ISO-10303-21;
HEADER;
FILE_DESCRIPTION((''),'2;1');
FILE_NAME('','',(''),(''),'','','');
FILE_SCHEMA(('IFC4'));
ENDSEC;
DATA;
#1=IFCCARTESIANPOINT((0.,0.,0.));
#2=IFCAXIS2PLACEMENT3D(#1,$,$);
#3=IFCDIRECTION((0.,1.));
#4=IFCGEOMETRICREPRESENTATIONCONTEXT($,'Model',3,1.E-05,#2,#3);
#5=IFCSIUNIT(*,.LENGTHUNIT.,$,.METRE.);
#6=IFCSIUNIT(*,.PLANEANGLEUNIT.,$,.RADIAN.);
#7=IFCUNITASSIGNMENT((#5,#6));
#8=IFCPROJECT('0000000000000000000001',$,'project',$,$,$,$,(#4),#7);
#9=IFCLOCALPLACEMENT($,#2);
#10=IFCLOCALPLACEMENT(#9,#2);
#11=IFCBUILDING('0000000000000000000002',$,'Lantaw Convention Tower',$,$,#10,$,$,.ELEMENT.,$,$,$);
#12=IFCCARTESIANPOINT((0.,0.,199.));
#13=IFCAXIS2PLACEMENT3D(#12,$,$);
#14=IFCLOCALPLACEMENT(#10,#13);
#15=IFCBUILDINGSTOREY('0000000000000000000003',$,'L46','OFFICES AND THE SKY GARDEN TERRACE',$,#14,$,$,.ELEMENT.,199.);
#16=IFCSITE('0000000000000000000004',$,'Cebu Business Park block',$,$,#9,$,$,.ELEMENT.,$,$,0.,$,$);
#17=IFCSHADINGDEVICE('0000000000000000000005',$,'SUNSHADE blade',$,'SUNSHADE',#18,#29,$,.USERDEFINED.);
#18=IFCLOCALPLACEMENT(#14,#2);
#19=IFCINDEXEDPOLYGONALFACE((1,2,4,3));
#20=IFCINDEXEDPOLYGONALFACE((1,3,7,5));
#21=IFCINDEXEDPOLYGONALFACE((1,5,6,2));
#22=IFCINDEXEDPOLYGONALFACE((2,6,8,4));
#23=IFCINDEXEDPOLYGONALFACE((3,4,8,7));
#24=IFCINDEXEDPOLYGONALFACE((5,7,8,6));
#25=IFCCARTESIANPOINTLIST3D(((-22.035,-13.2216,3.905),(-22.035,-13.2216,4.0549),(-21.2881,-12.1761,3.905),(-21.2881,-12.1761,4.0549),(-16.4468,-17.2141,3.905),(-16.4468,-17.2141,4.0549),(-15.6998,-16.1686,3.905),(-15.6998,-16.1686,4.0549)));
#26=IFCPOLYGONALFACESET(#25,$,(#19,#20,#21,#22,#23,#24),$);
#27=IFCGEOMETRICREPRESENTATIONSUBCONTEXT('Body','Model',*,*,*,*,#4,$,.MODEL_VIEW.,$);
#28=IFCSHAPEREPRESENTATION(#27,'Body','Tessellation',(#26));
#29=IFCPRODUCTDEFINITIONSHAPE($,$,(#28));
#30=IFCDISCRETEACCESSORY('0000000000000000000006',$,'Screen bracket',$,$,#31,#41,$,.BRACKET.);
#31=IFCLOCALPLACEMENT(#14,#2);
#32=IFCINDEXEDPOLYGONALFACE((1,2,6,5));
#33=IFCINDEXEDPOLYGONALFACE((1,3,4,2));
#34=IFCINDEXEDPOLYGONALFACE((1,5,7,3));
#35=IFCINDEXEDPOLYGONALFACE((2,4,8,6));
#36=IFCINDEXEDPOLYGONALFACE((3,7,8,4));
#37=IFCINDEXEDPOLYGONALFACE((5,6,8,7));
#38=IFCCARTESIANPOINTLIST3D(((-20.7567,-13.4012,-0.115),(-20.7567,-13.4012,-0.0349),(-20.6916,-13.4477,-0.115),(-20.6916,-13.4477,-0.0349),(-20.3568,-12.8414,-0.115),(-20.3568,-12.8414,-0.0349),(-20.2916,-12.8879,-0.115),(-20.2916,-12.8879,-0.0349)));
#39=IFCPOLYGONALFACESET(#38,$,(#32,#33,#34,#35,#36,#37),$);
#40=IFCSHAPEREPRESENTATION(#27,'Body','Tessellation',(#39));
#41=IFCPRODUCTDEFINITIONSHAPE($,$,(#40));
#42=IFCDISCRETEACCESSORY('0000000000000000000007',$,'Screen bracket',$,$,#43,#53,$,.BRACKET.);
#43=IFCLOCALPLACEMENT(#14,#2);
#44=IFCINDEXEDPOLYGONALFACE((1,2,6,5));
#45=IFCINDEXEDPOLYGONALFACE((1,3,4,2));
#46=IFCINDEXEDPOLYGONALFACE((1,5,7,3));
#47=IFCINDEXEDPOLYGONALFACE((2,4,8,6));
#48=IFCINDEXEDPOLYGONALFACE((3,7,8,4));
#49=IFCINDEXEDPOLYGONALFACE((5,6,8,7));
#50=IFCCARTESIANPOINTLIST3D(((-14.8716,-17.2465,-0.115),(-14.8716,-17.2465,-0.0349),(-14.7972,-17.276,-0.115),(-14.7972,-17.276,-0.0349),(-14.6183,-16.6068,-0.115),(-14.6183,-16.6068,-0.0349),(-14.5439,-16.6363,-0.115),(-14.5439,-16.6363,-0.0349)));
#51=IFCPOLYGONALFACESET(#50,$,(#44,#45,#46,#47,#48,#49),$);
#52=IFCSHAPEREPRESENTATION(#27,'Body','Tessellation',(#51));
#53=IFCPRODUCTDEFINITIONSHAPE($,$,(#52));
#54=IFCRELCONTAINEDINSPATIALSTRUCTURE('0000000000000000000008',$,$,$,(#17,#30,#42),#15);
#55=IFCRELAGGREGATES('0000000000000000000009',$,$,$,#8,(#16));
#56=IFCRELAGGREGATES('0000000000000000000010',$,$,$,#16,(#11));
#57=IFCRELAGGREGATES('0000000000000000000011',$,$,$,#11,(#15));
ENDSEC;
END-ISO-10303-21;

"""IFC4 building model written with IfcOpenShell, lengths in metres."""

from ifc_helpers import new_model, si_unit, direction, frame, origin, origin_2d, place, context, subcontext, project, spatial, rectangle, extrude, element, save


model = new_model("IFC4")

# Units and contexts
model_context = context("Model", 3, precision=1e-05, world=origin(), true_north=direction((0.0, 1.0)))
body_context = subcontext(model_context, "Body", "Model", "MODEL_VIEW")
ifc_project = project(units=[si_unit("LENGTHUNIT", "METRE"), si_unit("PLANEANGLEUNIT", "RADIAN")], contexts=[model_context])

# Site, building, storey
site_placement = place(None, origin())
site = spatial("IfcSite", under=ifc_project, at=site_placement, Name="Cebu Business Park block", CompositionType="ELEMENT", RefElevation=0.0)
building_placement = place(site_placement, origin())
building = spatial("IfcBuilding", under=site, at=building_placement, Name="Lantaw Convention Tower", CompositionType="ELEMENT")
storey_placement = place(building_placement, frame((0.0, 0.0, 199.0)))
storey = spatial("IfcBuildingStorey", under=building, at=storey_placement, Name="L46", Description="OFFICES AND THE SKY GARDEN TERRACE", CompositionType="ELEMENT", Elevation=199.0)

# Shading device
shading_device_1_placement = place(storey_placement, frame((-18.8674, -14.6951, 3.905), z_axis=(0.0, 0.0, 1.0), x_axis=(0.813673, -0.581323, 0.0)))
element("IfcShadingDevice", 1, at=shading_device_1_placement, inside=storey, Name="SUNSHADE blade", ObjectType="SUNSHADE", PredefinedType="USERDEFINED", context=body_context, shape_type="SweptSolid", body=[
    extrude(rectangle(XDim=6.8679, YDim=1.2849, at=origin_2d()), origin(), (0.0, 0.0, 1.0), 0.1499),
])

# Discrete accessories
for number, where, z_axis, x_axis, name in (
    (2, (-20.5242, -13.1445, -0.115), (0.0, 0.0, 1.0), (0.813673, -0.581323, 0.0), "Screen bracket"),
    (3, (-14.7078, -16.9414, -0.115), (0.0, 0.0, 1.0), (0.929762, -0.368162, 0.0), "Screen bracket"),
):
    element("IfcDiscreteAccessory", number, at=place(storey_placement, frame(where, z_axis=z_axis, x_axis=x_axis)), inside=storey, Name=name, PredefinedType="BRACKET", context=body_context, shape_type="SweptSolid", body=[
        extrude(rectangle(XDim=0.0801, YDim=0.688, at=origin_2d()), origin(), (0.0, 0.0, 1.0), 0.0801),
    ])

save(model, "model.ifc")
